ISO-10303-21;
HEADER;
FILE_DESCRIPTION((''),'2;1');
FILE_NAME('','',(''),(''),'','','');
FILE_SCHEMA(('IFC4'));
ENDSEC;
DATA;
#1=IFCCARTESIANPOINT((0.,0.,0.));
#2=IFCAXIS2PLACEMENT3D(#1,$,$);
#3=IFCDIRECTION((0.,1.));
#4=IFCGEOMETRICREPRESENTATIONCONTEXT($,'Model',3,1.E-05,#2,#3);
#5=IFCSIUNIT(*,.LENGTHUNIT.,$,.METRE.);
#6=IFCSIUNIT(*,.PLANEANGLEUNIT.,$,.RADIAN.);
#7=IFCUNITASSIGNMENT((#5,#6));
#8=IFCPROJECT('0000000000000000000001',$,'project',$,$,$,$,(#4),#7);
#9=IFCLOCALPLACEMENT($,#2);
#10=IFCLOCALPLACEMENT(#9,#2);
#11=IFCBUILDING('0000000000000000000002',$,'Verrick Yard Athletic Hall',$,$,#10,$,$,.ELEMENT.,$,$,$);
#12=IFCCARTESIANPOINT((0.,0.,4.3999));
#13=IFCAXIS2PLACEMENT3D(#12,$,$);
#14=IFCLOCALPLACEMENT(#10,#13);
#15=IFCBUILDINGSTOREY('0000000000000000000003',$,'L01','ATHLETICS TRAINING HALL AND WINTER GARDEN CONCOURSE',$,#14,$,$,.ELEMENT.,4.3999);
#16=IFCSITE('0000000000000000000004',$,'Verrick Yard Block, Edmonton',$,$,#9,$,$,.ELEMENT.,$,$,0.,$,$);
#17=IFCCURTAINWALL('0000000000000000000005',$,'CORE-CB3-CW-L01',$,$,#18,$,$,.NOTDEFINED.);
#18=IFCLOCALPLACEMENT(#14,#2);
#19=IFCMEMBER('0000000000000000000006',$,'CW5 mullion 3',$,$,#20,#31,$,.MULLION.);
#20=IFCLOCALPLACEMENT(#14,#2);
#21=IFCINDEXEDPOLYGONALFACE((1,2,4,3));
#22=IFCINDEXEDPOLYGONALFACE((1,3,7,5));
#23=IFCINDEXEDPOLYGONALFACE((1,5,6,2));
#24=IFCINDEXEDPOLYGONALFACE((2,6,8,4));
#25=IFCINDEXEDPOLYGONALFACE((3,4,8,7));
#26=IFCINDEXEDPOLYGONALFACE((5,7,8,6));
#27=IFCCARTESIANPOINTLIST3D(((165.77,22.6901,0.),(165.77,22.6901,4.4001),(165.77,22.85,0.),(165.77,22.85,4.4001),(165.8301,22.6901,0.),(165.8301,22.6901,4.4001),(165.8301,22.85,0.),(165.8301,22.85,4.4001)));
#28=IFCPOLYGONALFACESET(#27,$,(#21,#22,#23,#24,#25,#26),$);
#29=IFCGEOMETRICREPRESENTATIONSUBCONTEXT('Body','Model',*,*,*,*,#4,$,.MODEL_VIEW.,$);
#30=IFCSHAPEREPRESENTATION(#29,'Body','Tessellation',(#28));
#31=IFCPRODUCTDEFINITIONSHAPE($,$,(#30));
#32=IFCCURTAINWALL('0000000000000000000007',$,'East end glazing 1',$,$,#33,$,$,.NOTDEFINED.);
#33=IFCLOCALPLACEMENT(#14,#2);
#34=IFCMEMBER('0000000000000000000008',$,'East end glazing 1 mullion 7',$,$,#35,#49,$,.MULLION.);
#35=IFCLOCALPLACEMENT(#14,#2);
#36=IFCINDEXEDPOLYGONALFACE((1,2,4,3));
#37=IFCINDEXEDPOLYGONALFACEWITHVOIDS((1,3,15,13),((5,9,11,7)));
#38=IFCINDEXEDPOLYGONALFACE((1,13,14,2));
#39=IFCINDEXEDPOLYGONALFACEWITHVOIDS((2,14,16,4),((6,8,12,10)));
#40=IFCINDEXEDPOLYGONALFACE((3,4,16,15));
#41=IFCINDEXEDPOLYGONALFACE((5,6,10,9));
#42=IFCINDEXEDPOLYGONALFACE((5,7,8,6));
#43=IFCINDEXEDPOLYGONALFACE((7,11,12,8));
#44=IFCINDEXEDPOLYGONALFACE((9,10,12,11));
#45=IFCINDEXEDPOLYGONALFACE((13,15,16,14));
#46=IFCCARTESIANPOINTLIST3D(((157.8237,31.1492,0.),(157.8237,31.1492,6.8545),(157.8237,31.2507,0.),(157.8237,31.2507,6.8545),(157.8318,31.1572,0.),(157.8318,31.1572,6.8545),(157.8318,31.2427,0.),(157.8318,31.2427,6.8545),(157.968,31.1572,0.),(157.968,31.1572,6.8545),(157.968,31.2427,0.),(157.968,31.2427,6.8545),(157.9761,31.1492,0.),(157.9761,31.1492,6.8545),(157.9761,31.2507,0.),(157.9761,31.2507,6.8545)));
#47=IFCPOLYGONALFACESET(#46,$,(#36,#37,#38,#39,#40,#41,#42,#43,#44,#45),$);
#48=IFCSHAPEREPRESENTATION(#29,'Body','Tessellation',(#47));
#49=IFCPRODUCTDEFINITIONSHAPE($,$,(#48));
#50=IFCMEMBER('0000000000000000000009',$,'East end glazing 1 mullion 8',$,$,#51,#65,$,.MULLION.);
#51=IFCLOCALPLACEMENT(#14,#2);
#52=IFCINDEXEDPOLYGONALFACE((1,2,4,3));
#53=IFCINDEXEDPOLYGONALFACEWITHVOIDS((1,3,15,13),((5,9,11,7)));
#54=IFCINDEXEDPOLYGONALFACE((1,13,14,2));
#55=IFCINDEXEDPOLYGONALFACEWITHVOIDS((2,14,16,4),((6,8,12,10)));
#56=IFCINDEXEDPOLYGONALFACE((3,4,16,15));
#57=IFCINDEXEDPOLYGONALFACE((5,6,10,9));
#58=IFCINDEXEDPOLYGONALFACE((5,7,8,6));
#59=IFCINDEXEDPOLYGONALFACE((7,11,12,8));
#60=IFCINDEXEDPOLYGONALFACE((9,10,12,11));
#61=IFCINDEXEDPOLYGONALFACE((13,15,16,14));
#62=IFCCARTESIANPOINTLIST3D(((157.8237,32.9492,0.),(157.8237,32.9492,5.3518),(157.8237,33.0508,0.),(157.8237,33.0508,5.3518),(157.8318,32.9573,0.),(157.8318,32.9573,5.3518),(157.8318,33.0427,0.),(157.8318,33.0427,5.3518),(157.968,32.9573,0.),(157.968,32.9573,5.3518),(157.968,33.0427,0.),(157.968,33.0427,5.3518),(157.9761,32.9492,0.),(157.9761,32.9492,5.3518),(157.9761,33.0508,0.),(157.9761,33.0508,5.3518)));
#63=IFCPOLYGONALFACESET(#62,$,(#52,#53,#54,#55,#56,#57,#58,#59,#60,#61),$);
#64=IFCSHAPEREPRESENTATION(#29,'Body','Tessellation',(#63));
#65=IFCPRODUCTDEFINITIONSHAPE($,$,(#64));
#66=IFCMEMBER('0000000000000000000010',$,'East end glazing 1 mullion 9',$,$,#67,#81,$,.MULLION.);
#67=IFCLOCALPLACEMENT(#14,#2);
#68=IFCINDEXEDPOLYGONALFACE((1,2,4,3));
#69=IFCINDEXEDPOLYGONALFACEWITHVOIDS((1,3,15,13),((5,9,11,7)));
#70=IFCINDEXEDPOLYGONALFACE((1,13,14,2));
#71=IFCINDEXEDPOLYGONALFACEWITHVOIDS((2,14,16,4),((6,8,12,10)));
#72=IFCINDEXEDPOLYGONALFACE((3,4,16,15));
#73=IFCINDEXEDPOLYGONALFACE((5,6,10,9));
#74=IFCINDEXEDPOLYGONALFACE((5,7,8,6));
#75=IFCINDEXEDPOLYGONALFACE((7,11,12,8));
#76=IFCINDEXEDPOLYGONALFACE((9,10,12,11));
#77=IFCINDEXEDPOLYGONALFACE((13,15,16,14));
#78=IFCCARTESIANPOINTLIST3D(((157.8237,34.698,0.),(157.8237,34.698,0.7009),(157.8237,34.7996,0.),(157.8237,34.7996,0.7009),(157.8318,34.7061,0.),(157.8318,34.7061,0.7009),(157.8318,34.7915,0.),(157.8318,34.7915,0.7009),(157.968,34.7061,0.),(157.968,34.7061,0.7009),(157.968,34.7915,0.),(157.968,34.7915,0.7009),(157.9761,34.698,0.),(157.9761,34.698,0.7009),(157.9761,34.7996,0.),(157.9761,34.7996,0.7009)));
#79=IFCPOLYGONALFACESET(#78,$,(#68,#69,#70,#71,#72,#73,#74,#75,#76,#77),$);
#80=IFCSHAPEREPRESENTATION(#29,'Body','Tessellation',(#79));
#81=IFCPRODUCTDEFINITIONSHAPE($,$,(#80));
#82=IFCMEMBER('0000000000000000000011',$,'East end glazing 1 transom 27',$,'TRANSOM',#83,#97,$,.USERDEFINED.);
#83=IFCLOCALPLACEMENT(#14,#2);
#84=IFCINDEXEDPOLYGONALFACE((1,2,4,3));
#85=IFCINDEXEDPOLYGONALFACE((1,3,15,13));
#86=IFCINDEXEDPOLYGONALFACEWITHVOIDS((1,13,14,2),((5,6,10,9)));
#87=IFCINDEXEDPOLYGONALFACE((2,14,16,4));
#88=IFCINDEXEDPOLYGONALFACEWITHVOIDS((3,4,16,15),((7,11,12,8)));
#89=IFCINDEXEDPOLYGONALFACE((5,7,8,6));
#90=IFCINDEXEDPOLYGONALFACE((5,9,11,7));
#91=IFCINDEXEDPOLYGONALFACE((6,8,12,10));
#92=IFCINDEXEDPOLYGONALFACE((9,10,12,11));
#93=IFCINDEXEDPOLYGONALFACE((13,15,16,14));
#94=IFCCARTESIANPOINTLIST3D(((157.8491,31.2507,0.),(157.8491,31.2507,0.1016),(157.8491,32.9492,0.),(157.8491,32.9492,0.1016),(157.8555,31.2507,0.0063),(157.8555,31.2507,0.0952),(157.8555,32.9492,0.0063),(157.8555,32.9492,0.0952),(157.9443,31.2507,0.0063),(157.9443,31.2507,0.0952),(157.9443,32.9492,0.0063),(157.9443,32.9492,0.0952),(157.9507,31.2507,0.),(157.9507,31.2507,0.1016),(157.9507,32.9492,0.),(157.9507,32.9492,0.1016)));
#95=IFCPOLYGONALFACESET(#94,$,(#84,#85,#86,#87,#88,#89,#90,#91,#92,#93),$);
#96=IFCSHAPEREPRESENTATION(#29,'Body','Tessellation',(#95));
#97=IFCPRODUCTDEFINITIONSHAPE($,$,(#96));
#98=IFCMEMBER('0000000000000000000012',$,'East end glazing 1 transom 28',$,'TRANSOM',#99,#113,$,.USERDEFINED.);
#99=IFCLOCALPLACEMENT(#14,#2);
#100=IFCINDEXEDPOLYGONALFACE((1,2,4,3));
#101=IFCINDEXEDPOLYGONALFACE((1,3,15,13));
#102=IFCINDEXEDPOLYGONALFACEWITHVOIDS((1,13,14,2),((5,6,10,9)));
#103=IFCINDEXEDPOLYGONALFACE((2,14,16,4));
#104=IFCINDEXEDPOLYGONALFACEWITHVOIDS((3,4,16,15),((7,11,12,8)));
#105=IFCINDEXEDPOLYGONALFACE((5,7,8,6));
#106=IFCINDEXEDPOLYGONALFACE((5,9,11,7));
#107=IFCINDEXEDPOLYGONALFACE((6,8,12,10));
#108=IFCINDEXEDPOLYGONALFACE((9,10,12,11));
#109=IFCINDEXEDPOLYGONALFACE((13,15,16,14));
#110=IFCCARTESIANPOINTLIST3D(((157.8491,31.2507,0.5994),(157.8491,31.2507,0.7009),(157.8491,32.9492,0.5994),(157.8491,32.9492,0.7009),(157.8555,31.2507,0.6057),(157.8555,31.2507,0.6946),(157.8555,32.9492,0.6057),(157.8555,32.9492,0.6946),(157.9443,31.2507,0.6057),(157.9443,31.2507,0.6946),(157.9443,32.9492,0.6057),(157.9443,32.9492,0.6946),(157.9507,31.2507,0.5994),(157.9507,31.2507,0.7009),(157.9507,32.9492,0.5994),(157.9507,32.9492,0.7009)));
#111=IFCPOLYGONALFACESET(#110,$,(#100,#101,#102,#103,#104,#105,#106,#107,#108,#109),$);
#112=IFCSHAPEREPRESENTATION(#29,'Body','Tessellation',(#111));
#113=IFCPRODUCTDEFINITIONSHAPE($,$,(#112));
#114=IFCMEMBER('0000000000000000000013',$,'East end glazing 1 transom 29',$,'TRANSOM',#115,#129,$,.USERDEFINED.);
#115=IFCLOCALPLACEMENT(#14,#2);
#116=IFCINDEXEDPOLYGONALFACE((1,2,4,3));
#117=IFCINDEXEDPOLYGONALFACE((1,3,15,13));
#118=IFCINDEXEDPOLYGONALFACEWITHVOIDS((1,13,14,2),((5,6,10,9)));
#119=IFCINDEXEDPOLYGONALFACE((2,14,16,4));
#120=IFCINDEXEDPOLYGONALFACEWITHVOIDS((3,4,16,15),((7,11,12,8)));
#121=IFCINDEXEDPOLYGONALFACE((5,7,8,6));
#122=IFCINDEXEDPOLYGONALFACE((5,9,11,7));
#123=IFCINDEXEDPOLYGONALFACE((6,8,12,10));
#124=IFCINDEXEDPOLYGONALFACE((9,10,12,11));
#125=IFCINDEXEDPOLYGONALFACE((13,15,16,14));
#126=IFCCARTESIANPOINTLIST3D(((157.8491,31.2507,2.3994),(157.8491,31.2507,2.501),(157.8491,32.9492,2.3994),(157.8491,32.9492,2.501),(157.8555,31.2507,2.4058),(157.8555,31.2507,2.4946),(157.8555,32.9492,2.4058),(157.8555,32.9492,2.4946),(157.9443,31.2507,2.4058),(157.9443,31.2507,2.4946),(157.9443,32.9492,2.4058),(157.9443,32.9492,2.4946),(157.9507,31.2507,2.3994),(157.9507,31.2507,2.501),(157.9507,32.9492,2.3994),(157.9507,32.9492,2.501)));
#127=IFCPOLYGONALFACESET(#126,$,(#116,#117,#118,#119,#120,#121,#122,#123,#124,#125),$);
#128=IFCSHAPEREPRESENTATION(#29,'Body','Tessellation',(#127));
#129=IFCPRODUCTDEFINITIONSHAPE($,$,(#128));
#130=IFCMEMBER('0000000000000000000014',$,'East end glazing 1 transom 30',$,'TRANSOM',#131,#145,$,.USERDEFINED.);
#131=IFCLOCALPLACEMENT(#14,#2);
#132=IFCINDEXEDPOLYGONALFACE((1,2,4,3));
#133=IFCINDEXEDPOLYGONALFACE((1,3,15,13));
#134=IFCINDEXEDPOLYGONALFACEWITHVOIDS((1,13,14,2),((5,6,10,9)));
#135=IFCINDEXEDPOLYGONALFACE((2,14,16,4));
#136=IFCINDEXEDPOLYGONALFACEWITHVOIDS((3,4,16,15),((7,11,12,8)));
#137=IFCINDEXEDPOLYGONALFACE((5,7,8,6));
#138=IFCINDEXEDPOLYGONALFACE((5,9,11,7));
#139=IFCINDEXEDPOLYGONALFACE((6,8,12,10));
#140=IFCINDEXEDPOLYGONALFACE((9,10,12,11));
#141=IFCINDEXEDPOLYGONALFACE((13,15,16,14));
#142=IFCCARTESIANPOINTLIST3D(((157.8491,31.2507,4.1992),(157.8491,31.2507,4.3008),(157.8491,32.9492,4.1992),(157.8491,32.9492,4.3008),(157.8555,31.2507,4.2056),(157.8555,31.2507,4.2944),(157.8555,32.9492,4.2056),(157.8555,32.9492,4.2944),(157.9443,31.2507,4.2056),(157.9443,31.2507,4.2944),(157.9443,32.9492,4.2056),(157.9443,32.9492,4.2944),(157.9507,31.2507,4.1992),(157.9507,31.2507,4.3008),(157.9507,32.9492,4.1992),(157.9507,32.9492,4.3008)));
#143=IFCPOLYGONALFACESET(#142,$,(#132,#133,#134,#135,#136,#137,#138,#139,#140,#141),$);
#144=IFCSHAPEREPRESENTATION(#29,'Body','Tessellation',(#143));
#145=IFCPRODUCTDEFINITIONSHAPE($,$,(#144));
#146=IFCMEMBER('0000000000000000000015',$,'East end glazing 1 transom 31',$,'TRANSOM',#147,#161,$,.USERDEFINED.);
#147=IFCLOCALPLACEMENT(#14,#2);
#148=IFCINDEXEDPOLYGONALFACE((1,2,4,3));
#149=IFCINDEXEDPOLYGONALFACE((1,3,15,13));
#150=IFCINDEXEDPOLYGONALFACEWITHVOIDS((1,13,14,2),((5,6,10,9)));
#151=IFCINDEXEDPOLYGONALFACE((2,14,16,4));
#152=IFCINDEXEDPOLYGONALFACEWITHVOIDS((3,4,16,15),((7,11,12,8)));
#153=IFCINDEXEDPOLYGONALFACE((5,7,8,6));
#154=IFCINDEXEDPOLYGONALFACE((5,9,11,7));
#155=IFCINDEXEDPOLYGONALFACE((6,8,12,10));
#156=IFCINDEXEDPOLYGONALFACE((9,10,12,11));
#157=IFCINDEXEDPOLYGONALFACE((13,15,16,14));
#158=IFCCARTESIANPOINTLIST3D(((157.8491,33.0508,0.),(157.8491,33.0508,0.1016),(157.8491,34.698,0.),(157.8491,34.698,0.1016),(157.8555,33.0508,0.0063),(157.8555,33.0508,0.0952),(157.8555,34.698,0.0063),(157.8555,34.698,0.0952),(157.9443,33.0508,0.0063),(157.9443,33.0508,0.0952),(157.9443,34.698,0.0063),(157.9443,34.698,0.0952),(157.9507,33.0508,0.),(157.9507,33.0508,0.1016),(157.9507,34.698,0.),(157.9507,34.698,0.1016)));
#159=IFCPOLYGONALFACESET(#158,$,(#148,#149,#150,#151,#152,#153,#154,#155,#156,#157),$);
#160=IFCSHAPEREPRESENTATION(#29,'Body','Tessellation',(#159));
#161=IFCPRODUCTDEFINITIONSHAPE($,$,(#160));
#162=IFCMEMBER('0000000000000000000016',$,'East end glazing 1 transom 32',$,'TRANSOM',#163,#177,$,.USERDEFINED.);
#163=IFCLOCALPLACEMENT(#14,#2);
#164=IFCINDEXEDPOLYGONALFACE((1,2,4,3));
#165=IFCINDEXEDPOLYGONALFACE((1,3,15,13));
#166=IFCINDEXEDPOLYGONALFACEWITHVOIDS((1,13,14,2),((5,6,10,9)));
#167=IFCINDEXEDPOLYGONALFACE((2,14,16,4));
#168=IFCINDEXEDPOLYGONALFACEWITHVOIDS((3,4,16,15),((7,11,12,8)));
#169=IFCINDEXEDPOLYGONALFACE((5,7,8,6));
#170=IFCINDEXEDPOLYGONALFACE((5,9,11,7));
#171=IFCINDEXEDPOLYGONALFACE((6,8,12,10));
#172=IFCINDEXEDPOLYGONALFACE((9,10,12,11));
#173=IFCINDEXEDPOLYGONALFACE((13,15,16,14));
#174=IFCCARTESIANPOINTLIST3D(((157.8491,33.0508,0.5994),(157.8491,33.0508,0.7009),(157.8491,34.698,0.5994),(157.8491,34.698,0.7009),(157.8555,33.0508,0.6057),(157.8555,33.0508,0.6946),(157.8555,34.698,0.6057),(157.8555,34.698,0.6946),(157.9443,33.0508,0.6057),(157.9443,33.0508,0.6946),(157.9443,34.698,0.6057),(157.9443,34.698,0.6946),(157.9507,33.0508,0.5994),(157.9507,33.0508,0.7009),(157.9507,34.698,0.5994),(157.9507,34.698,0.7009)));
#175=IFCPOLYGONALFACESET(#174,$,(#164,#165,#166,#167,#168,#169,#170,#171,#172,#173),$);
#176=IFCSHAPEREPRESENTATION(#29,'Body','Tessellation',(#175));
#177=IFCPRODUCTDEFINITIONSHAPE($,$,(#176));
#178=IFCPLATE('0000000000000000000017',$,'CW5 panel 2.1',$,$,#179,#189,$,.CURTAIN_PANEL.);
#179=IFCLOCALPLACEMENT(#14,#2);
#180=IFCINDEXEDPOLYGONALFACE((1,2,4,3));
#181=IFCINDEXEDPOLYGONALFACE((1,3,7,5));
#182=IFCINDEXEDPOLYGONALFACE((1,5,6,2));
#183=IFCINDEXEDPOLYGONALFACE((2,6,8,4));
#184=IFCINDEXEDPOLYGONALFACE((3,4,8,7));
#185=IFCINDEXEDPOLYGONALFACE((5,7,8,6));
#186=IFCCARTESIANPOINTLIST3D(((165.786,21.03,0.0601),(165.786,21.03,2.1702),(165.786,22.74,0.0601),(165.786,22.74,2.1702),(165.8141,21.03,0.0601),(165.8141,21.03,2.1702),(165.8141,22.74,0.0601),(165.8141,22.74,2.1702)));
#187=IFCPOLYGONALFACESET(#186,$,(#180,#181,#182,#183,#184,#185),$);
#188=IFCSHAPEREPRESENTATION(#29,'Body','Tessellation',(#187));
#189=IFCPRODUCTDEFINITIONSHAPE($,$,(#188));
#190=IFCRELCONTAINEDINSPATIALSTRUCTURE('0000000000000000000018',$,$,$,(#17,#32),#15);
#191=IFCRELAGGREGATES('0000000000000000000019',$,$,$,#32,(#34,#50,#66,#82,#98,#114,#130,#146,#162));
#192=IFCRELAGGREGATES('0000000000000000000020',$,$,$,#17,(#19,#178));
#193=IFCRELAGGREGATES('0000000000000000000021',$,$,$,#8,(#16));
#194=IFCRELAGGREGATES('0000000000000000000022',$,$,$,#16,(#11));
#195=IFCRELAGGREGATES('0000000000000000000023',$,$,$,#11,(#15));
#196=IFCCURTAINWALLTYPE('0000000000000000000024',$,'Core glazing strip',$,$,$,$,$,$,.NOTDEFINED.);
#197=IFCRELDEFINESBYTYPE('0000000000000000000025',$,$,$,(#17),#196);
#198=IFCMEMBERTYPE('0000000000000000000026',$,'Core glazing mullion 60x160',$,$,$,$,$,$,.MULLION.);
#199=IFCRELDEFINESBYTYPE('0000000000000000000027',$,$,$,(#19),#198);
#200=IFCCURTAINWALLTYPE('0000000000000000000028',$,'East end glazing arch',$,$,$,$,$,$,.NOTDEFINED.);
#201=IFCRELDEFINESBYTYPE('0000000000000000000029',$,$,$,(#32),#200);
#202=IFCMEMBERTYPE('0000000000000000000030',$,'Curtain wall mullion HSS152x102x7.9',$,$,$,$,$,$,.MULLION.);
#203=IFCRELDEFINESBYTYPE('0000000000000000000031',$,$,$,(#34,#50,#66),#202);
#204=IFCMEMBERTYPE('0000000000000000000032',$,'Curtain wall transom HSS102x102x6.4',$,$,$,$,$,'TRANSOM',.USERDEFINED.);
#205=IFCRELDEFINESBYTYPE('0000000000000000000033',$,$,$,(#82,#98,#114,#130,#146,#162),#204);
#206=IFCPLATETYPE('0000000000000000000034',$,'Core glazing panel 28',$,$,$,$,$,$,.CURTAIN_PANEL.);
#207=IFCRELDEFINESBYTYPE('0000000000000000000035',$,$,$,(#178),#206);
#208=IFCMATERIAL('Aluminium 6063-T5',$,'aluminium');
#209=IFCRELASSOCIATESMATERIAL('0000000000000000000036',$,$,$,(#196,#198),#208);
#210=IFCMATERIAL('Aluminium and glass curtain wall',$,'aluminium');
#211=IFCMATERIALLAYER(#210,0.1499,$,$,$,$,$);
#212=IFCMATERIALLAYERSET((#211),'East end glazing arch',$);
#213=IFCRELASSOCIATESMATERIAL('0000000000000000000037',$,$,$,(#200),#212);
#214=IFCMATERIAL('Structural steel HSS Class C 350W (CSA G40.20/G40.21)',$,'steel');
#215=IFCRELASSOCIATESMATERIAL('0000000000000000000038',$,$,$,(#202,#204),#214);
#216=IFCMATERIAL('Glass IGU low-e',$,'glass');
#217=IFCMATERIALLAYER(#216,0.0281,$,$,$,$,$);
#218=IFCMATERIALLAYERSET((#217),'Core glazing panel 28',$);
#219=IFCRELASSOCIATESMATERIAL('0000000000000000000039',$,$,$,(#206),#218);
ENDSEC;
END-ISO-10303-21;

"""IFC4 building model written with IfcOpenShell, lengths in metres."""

from ifc_helpers import new_model, si_unit, direction, frame, origin, origin_2d, place, context, subcontext, project, spatial, rectangle, hollow_rectangle, extrude, material, layer, layer_set, material_profile, profile_set, type_object, element, aggregate, save


model = new_model("IFC4")

# Units and contexts
model_context = context("Model", 3, precision=1e-05, world=origin(), true_north=direction((0.0, 1.0)))
body_context = subcontext(model_context, "Body", "Model", "MODEL_VIEW")
ifc_project = project(units=[si_unit("LENGTHUNIT", "METRE"), si_unit("PLANEANGLEUNIT", "RADIAN")], contexts=[model_context])

# Site, building, storey
site_placement = place(None, origin())
site = spatial("IfcSite", under=ifc_project, at=site_placement, Name="Verrick Yard Block, Edmonton", CompositionType="ELEMENT", RefElevation=0.0)
building_placement = place(site_placement, origin())
building = spatial("IfcBuilding", under=site, at=building_placement, Name="Verrick Yard Athletic Hall", CompositionType="ELEMENT")
storey_placement = place(building_placement, frame((0.0, 0.0, 4.3999)))
storey = spatial("IfcBuildingStorey", under=building, at=storey_placement, Name="L01", Description="ATHLETICS TRAINING HALL AND WINTER GARDEN CONCOURSE", CompositionType="ELEMENT", Elevation=4.3999)

# Curtain wall, member
ifc_material_1 = material(Name="Aluminium 6063-T5", Category="aluminium")
curtain_wall_type_1 = type_object("IfcCurtainWallType", Name="Core glazing strip", PredefinedType="NOTDEFINED", material=ifc_material_1)
curtain_wall_1_placement = place(storey_placement, origin())
curtain_wall_1 = element("IfcCurtainWall", 1, at=curtain_wall_1_placement, inside=storey, type_object=curtain_wall_type_1, Name="CORE-CB3-CW-L01", PredefinedType="NOTDEFINED")
ifc_material_profile_1 = material_profile(ifc_material_1, rectangle(XDim=0.0601, YDim=0.1599, at=origin_2d()), Name="Core glazing mullion 60x160")
ifc_profile_set_1 = profile_set([ifc_material_profile_1], Name="Aluminium 6063-T5")
member_type_1 = type_object("IfcMemberType", Name="Core glazing mullion 60x160", PredefinedType="MULLION", material=ifc_profile_set_1)
member_1_placement = place(storey_placement, frame((165.8, 22.77, 0.0), z_axis=(0.0, 0.0, 1.0), x_axis=(-1.0, 0.0, 0.0)))
member_1 = element("IfcMember", 2, at=member_1_placement, type_object=member_type_1, Name="CW5 mullion 3", PredefinedType="MULLION", context=body_context, shape_type="SweptSolid", body=[
    extrude(rectangle(XDim=0.0601, YDim=0.1599, at=origin_2d()), origin(), (0.0, 0.0, 1.0), 4.4001),
])

# Curtain wall, members
ifc_material_2 = material(Name="Aluminium and glass curtain wall", Category="aluminium")
ifc_layer_1 = layer(ifc_material_2, 0.1499)
ifc_layer_set_1 = layer_set([ifc_layer_1], Name="East end glazing arch")
curtain_wall_type_2 = type_object("IfcCurtainWallType", Name="East end glazing arch", PredefinedType="NOTDEFINED", material=ifc_layer_set_1)
curtain_wall_2_placement = place(storey_placement, origin())
curtain_wall_2 = element("IfcCurtainWall", 3, at=curtain_wall_2_placement, inside=storey, type_object=curtain_wall_type_2, Name="East end glazing 1", PredefinedType="NOTDEFINED")
ifc_material_3 = material(Name="Structural steel HSS Class C 350W (CSA G40.20/G40.21)", Category="steel")
ifc_material_profile_2 = material_profile(ifc_material_3, hollow_rectangle(XDim=0.1016, YDim=0.1523, WallThickness=0.0081, at=origin_2d()), Name="HSS152x102x7.9")
ifc_profile_set_2 = profile_set([ifc_material_profile_2], Name="Structural steel HSS Class C 350W (CSA G40.20/G40.21)")
member_type_2 = type_object("IfcMemberType", Name="Curtain wall mullion HSS152x102x7.9", PredefinedType="MULLION", material=ifc_profile_set_2)
member_2_placement = place(storey_placement, frame((157.8999, 31.2, 0.0), z_axis=(0.0, 0.0, 1.0), x_axis=(0.0, 1.0, 0.0)))
member_2 = element("IfcMember", 4, at=member_2_placement, type_object=member_type_2, Name="East end glazing 1 mullion 7", PredefinedType="MULLION", context=body_context, shape_type="SweptSolid", body=[
    extrude(hollow_rectangle(XDim=0.1016, YDim=0.1523, WallThickness=0.0081, at=origin_2d()), origin(), (0.0, 0.0, 1.0), 6.8545),
])
member_3_placement = place(storey_placement, frame((157.8999, 33.0, 0.0), z_axis=(0.0, 0.0, 1.0), x_axis=(0.0, 1.0, 0.0)))
member_3 = element("IfcMember", 5, at=member_3_placement, type_object=member_type_2, Name="East end glazing 1 mullion 8", PredefinedType="MULLION", context=body_context, shape_type="SweptSolid", body=[
    extrude(hollow_rectangle(XDim=0.1016, YDim=0.1523, WallThickness=0.0081, at=origin_2d()), origin(), (0.0, 0.0, 1.0), 5.3518),
])
member_4_placement = place(storey_placement, frame((157.8999, 34.7488, 0.0), z_axis=(0.0, 0.0, 1.0), x_axis=(0.0, 1.0, 0.0)))
member_4 = element("IfcMember", 6, at=member_4_placement, type_object=member_type_2, Name="East end glazing 1 mullion 9", PredefinedType="MULLION", context=body_context, shape_type="SweptSolid", body=[
    extrude(hollow_rectangle(XDim=0.1016, YDim=0.1523, WallThickness=0.0081, at=origin_2d()), origin(), (0.0, 0.0, 1.0), 0.7009),
])
ifc_material_profile_3 = material_profile(ifc_material_3, hollow_rectangle(XDim=0.1016, YDim=0.1016, WallThickness=0.0063, at=origin_2d()), Name="HSS102x102x6.4")
ifc_profile_set_3 = profile_set([ifc_material_profile_3], Name="Structural steel HSS Class C 350W (CSA G40.20/G40.21)")
member_type_3 = type_object("IfcMemberType", Name="Curtain wall transom HSS102x102x6.4", ElementType="TRANSOM", PredefinedType="USERDEFINED", material=ifc_profile_set_3)
member_5_placement = place(storey_placement, frame((157.8999, 31.2507, 0.0508), z_axis=(0.0, 1.0, 0.0), x_axis=(-1.0, 0.0, 0.0)))
member_5 = element("IfcMember", 7, at=member_5_placement, type_object=member_type_3, Name="East end glazing 1 transom 27", ObjectType="TRANSOM", PredefinedType="USERDEFINED", context=body_context, shape_type="SweptSolid", body=[
    extrude(hollow_rectangle(XDim=0.1016, YDim=0.1016, WallThickness=0.0063, at=origin_2d()), origin(), (0.0, 0.0, 1.0), 1.6985),
])
member_6_placement = place(storey_placement, frame((157.8999, 31.2507, 0.6501), z_axis=(0.0, 1.0, 0.0), x_axis=(-1.0, 0.0, 0.0)))
member_6 = element("IfcMember", 8, at=member_6_placement, type_object=member_type_3, Name="East end glazing 1 transom 28", ObjectType="TRANSOM", PredefinedType="USERDEFINED", context=body_context, shape_type="SweptSolid", body=[
    extrude(hollow_rectangle(XDim=0.1016, YDim=0.1016, WallThickness=0.0063, at=origin_2d()), origin(), (0.0, 0.0, 1.0), 1.6985),
])
member_7_placement = place(storey_placement, frame((157.8999, 31.2507, 2.4502), z_axis=(0.0, 1.0, 0.0), x_axis=(-1.0, 0.0, 0.0)))
member_7 = element("IfcMember", 9, at=member_7_placement, type_object=member_type_3, Name="East end glazing 1 transom 29", ObjectType="TRANSOM", PredefinedType="USERDEFINED", context=body_context, shape_type="SweptSolid", body=[
    extrude(hollow_rectangle(XDim=0.1016, YDim=0.1016, WallThickness=0.0063, at=origin_2d()), origin(), (0.0, 0.0, 1.0), 1.6985),
])
member_8_placement = place(storey_placement, frame((157.8999, 31.2507, 4.25), z_axis=(0.0, 1.0, 0.0), x_axis=(-1.0, 0.0, 0.0)))
member_8 = element("IfcMember", 10, at=member_8_placement, type_object=member_type_3, Name="East end glazing 1 transom 30", ObjectType="TRANSOM", PredefinedType="USERDEFINED", context=body_context, shape_type="SweptSolid", body=[
    extrude(hollow_rectangle(XDim=0.1016, YDim=0.1016, WallThickness=0.0063, at=origin_2d()), origin(), (0.0, 0.0, 1.0), 1.6985),
])
member_9_placement = place(storey_placement, frame((157.8999, 33.0508, 0.0508), z_axis=(0.0, 1.0, 0.0), x_axis=(-1.0, 0.0, 0.0)))
member_9 = element("IfcMember", 11, at=member_9_placement, type_object=member_type_3, Name="East end glazing 1 transom 31", ObjectType="TRANSOM", PredefinedType="USERDEFINED", context=body_context, shape_type="SweptSolid", body=[
    extrude(hollow_rectangle(XDim=0.1016, YDim=0.1016, WallThickness=0.0063, at=origin_2d()), origin(), (0.0, 0.0, 1.0), 1.6472),
])
member_10_placement = place(storey_placement, frame((157.8999, 33.0508, 0.6501), z_axis=(0.0, 1.0, 0.0), x_axis=(-1.0, 0.0, 0.0)))
member_10 = element("IfcMember", 12, at=member_10_placement, type_object=member_type_3, Name="East end glazing 1 transom 32", ObjectType="TRANSOM", PredefinedType="USERDEFINED", context=body_context, shape_type="SweptSolid", body=[
    extrude(hollow_rectangle(XDim=0.1016, YDim=0.1016, WallThickness=0.0063, at=origin_2d()), origin(), (0.0, 0.0, 1.0), 1.6472),
])
aggregate(curtain_wall_2, [member_2, member_3, member_4, member_5, member_6, member_7, member_8, member_9, member_10])

# Plate
ifc_material_4 = material(Name="Glass IGU low-e", Category="glass")
ifc_layer_2 = layer(ifc_material_4, 0.0281)
ifc_layer_set_2 = layer_set([ifc_layer_2], Name="Core glazing panel 28")
plate_type_1 = type_object("IfcPlateType", Name="Core glazing panel 28", PredefinedType="CURTAIN_PANEL", material=ifc_layer_set_2)
plate_1_placement = place(storey_placement, frame((165.8, 21.885, 0.0601), z_axis=(0.0, 0.0, 1.0), x_axis=(0.0, 1.0, 0.0)))
plate_1 = element("IfcPlate", 13, at=plate_1_placement, type_object=plate_type_1, Name="CW5 panel 2.1", PredefinedType="CURTAIN_PANEL", context=body_context, shape_type="SweptSolid", body=[
    extrude(rectangle(XDim=1.71, YDim=0.0281, at=origin_2d()), origin(), (0.0, 0.0, 1.0), 2.1101),
])
aggregate(curtain_wall_1, [member_1, plate_1])

save(model, "model.ifc")
